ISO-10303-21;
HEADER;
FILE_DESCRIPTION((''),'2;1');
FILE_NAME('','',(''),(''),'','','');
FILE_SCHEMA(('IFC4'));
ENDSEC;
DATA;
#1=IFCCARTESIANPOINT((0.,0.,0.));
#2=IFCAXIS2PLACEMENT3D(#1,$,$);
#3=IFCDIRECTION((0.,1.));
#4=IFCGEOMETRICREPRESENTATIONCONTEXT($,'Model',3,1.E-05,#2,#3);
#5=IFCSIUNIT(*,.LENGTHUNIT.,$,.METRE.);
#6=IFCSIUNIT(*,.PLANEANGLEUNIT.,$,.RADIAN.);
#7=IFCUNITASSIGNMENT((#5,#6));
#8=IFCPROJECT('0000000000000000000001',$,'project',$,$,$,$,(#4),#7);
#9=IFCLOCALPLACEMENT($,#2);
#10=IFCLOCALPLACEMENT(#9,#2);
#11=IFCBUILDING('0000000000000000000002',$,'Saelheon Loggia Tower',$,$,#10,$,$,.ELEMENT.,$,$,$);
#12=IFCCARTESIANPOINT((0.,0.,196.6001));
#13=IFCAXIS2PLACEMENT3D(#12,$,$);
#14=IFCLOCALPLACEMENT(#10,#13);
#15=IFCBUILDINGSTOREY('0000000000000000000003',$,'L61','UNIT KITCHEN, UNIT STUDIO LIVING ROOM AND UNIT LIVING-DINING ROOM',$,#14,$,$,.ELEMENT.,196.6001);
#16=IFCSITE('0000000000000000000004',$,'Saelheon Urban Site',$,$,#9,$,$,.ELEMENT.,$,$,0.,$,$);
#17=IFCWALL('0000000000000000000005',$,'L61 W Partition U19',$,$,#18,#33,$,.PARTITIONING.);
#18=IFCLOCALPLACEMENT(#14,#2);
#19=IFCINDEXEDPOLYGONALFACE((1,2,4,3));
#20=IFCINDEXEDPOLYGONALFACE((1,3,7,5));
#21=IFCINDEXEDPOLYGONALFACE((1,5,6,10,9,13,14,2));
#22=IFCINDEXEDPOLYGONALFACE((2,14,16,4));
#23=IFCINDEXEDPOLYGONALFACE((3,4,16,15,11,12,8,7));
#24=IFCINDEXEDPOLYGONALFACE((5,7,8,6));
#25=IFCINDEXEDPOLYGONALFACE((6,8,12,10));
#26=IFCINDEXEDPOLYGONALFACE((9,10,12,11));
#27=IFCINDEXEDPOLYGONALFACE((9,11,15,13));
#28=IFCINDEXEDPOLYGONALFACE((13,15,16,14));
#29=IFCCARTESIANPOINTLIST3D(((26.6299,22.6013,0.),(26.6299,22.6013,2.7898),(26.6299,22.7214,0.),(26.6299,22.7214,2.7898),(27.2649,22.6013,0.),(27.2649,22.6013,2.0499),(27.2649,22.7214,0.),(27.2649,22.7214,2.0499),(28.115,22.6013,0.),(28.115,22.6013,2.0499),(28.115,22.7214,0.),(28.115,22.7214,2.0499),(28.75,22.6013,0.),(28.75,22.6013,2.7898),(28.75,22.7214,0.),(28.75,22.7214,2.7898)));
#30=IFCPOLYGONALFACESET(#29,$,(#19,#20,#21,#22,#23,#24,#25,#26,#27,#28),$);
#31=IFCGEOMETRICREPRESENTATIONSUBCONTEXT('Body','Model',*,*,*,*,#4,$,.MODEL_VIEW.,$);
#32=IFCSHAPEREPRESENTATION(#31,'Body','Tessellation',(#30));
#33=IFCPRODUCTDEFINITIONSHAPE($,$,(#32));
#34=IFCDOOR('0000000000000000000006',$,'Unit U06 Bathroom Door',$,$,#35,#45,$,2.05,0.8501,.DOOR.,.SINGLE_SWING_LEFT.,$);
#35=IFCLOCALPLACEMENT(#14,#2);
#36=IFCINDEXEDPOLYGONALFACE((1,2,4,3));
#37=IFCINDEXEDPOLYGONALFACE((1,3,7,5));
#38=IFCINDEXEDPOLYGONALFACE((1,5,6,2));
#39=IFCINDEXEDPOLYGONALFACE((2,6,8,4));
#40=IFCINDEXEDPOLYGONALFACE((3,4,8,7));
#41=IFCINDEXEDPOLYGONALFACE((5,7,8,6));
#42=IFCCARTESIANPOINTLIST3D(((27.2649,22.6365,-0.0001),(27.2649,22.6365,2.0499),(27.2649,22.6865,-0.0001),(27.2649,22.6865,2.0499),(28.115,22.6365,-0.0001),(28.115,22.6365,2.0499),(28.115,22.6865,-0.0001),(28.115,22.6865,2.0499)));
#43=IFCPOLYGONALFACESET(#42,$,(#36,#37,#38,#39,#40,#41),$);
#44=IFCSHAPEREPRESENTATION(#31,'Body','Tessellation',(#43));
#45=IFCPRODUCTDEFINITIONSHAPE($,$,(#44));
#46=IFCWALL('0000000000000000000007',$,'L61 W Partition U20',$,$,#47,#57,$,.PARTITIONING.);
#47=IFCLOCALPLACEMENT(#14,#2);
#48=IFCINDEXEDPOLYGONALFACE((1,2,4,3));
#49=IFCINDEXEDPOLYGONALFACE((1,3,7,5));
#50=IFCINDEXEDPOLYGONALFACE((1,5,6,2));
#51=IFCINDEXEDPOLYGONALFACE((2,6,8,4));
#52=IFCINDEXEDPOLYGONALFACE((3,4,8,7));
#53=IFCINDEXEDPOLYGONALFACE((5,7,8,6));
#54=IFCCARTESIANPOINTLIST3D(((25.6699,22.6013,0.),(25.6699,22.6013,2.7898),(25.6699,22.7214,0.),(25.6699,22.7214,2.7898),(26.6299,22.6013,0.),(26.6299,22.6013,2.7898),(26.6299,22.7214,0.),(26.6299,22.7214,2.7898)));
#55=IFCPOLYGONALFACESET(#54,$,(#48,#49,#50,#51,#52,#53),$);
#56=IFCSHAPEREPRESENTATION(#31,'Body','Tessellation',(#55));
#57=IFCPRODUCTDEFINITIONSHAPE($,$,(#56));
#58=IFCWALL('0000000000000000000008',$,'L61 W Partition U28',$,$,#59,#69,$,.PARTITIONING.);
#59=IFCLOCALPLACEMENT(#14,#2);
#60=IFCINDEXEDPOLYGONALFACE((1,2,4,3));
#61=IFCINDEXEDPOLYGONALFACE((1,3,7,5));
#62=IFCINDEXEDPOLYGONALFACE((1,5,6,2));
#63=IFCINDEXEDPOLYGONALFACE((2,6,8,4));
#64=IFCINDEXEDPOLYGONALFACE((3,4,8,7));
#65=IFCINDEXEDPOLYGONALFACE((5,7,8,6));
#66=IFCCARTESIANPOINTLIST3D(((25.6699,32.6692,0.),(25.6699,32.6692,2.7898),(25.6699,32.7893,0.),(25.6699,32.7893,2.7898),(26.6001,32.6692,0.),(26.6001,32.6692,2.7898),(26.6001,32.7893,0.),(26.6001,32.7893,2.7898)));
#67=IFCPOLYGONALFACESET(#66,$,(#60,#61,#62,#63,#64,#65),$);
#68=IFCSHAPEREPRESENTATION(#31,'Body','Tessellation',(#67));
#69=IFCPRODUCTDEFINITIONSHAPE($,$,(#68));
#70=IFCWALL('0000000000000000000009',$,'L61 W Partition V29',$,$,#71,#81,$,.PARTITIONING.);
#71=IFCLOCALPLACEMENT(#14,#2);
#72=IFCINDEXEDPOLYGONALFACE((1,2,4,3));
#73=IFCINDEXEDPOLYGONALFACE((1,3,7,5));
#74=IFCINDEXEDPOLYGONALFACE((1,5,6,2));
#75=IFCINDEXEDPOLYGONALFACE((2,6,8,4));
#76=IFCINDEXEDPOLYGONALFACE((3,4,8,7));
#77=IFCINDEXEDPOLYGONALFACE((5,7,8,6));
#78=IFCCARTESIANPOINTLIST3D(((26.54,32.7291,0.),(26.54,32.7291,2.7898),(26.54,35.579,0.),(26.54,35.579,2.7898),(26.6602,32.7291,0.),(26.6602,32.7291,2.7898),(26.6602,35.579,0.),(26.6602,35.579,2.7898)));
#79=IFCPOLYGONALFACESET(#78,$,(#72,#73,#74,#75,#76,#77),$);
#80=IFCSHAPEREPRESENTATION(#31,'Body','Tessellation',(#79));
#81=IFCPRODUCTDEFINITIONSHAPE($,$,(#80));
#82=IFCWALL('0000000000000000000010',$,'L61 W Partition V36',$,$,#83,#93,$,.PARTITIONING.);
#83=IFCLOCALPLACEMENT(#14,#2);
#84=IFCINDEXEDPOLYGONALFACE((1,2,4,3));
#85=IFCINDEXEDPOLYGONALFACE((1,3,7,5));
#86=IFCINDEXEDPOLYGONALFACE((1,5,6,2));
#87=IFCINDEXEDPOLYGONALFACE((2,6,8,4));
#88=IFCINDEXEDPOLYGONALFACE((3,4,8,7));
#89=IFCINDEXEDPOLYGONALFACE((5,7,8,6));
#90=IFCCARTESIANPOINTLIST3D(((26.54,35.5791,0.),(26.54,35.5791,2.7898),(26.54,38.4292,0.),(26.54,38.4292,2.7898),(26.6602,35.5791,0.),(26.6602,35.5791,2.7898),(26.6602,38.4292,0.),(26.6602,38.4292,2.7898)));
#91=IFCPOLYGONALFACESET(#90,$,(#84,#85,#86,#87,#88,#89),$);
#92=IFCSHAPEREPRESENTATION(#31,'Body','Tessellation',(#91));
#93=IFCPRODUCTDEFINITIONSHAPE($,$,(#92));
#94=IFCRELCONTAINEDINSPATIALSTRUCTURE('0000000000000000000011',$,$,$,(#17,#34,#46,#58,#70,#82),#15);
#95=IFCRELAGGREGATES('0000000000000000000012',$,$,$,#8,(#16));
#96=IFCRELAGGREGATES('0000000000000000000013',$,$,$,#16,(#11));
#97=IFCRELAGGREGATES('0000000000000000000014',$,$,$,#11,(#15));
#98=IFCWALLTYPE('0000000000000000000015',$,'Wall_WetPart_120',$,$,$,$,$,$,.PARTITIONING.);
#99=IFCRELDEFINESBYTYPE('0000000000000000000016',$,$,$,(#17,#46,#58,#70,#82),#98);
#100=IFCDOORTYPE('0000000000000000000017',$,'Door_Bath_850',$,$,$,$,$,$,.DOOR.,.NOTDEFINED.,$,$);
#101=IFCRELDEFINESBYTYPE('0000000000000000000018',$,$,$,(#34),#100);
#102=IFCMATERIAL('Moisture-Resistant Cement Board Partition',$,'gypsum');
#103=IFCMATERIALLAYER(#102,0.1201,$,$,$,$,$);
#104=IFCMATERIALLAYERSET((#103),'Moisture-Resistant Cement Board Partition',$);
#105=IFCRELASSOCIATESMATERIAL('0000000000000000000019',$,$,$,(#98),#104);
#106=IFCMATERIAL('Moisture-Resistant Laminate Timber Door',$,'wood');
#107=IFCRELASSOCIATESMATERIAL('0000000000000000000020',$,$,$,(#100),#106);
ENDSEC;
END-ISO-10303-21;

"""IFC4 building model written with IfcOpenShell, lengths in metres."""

from ifc_helpers import new_model, si_unit, direction, frame, frame_2d, origin, place, context, subcontext, project, spatial, rectangle, extrude, source, transform, mapped, material, layer, layer_set, type_object, element, fill, save


model = new_model("IFC4")

# Units and contexts
model_context = context("Model", 3, precision=1e-05, world=origin(), true_north=direction((0.0, 1.0)))
body_context = subcontext(model_context, "Body", "Model", "MODEL_VIEW")
ifc_project = project(units=[si_unit("LENGTHUNIT", "METRE"), si_unit("PLANEANGLEUNIT", "RADIAN")], contexts=[model_context])

# Site, building, storey
site_placement = place(None, origin())
site = spatial("IfcSite", under=ifc_project, at=site_placement, Name="Saelheon Urban Site", CompositionType="ELEMENT", RefElevation=0.0)
building_placement = place(site_placement, origin())
building = spatial("IfcBuilding", under=site, at=building_placement, Name="Saelheon Loggia Tower", CompositionType="ELEMENT")
storey_placement = place(building_placement, frame((0.0, 0.0, 196.6001)))
storey = spatial("IfcBuildingStorey", under=building, at=storey_placement, Name="L61", Description="UNIT KITCHEN, UNIT STUDIO LIVING ROOM AND UNIT LIVING-DINING ROOM", CompositionType="ELEMENT", Elevation=196.6001)

# Wall, opening, door
ifc_material_1 = material(Name="Moisture-Resistant Cement Board Partition", Category="gypsum")
ifc_layer_1 = layer(ifc_material_1, 0.1201)
ifc_layer_set_1 = layer_set([ifc_layer_1], Name="Moisture-Resistant Cement Board Partition")
wall_type_1 = type_object("IfcWallType", Name="Wall_WetPart_120", PredefinedType="PARTITIONING", material=ifc_layer_set_1)
wall_1_placement = place(storey_placement, frame((28.75, 22.6614, 0.0), z_axis=(0.0, 0.0, 1.0), x_axis=(-1.0, 0.0, 0.0)))
wall_1 = element("IfcWall", 1, at=wall_1_placement, inside=storey, type_object=wall_type_1, Name="L61 W Partition U19", PredefinedType="PARTITIONING", context=body_context, shape_type="SweptSolid", body=[
    extrude(rectangle(XDim=2.1201, YDim=0.1201, at=frame_2d((1.0601, 0.0))), origin(), (0.0, 0.0, 1.0), 2.7898),
])
opening_1_placement = place(wall_1_placement, frame((0.635, 0.0, 0.0)))
opening_1 = element("IfcOpeningElement", 2, at=opening_1_placement, cuts=wall_1, PredefinedType="OPENING", context=body_context, shape_type="SweptSolid", body=[
    extrude(rectangle(XDim=0.8501, YDim=2.05, at=frame_2d((0.425, 1.0249))), frame((0.0, 0.072, 0.0), z_axis=(0.0, -1.0, 0.0), x_axis=(1.0, 0.0, 0.0)), (0.0, 0.0, 1.0), 0.144),
])
ifc_material_2 = material(Name="Moisture-Resistant Laminate Timber Door", Category="wood")
door_type_1 = type_object("IfcDoorType", Name="Door_Bath_850", OperationType="NOTDEFINED", PredefinedType="DOOR", material=ifc_material_2)
shared_shape_1 = source(origin(), body_context, "Body", "SweptSolid", [
    extrude(rectangle(XDim=0.8501, YDim=2.05, at=frame_2d((0.425, 1.0249))), frame((0.0, 0.0249, 0.0), z_axis=(0.0, -1.0, 0.0), x_axis=(1.0, 0.0, 0.0)), (0.0, 0.0, 1.0), 0.05),
])
door_1_placement = place(opening_1_placement, origin())
door_1 = element("IfcDoor", 3, at=door_1_placement, inside=storey, type_object=door_type_1, Name="Unit U06 Bathroom Door", OperationType="SINGLE_SWING_LEFT", OverallHeight=2.05, OverallWidth=0.8501, PredefinedType="DOOR", context=body_context, shape_type="MappedRepresentation", body=[
    mapped(shared_shape_1, transform((0.0, 0.0, 0.0), scale=1.0)),
])
fill(opening_1, door_1)

# Walls
wall_2_placement = place(storey_placement, frame((26.6299, 22.6614, 0.0), z_axis=(0.0, 0.0, 1.0), x_axis=(-1.0, 0.0, 0.0)))
element("IfcWall", 4, at=wall_2_placement, inside=storey, type_object=wall_type_1, Name="L61 W Partition U20", PredefinedType="PARTITIONING", context=body_context, shape_type="SweptSolid", body=[
    extrude(rectangle(XDim=0.96, YDim=0.1201, at=frame_2d((0.48, 0.0))), origin(), (0.0, 0.0, 1.0), 2.7898),
])
wall_3_placement = place(storey_placement, frame((26.6001, 32.7292, 0.0), z_axis=(0.0, 0.0, 1.0), x_axis=(-1.0, 0.0, 0.0)))
element("IfcWall", 5, at=wall_3_placement, inside=storey, type_object=wall_type_1, Name="L61 W Partition U28", PredefinedType="PARTITIONING", context=body_context, shape_type="SweptSolid", body=[
    extrude(rectangle(XDim=0.9302, YDim=0.1201, at=frame_2d((0.4651, 0.0))), origin(), (0.0, 0.0, 1.0), 2.7898),
])
wall_4_placement = place(storey_placement, frame((26.6001, 32.7292, 0.0), z_axis=(0.0, 0.0, 1.0), x_axis=(0.0, 1.0, 0.0)))
element("IfcWall", 6, at=wall_4_placement, inside=storey, type_object=wall_type_1, Name="L61 W Partition V29", PredefinedType="PARTITIONING", context=body_context, shape_type="SweptSolid", body=[
    extrude(rectangle(XDim=2.8499, YDim=0.1201, at=frame_2d((1.4248, 0.0))), origin(), (0.0, 0.0, 1.0), 2.7898),
])
wall_5_placement = place(storey_placement, frame((26.6001, 35.5791, 0.0), z_axis=(0.0, 0.0, 1.0), x_axis=(0.0, 1.0, 0.0)))
element("IfcWall", 7, at=wall_5_placement, inside=storey, type_object=wall_type_1, Name="L61 W Partition V36", PredefinedType="PARTITIONING", context=body_context, shape_type="SweptSolid", body=[
    extrude(rectangle(XDim=2.8501, YDim=0.1201, at=frame_2d((1.425, 0.0))), origin(), (0.0, 0.0, 1.0), 2.7898),
])

save(model, "model.ifc")
